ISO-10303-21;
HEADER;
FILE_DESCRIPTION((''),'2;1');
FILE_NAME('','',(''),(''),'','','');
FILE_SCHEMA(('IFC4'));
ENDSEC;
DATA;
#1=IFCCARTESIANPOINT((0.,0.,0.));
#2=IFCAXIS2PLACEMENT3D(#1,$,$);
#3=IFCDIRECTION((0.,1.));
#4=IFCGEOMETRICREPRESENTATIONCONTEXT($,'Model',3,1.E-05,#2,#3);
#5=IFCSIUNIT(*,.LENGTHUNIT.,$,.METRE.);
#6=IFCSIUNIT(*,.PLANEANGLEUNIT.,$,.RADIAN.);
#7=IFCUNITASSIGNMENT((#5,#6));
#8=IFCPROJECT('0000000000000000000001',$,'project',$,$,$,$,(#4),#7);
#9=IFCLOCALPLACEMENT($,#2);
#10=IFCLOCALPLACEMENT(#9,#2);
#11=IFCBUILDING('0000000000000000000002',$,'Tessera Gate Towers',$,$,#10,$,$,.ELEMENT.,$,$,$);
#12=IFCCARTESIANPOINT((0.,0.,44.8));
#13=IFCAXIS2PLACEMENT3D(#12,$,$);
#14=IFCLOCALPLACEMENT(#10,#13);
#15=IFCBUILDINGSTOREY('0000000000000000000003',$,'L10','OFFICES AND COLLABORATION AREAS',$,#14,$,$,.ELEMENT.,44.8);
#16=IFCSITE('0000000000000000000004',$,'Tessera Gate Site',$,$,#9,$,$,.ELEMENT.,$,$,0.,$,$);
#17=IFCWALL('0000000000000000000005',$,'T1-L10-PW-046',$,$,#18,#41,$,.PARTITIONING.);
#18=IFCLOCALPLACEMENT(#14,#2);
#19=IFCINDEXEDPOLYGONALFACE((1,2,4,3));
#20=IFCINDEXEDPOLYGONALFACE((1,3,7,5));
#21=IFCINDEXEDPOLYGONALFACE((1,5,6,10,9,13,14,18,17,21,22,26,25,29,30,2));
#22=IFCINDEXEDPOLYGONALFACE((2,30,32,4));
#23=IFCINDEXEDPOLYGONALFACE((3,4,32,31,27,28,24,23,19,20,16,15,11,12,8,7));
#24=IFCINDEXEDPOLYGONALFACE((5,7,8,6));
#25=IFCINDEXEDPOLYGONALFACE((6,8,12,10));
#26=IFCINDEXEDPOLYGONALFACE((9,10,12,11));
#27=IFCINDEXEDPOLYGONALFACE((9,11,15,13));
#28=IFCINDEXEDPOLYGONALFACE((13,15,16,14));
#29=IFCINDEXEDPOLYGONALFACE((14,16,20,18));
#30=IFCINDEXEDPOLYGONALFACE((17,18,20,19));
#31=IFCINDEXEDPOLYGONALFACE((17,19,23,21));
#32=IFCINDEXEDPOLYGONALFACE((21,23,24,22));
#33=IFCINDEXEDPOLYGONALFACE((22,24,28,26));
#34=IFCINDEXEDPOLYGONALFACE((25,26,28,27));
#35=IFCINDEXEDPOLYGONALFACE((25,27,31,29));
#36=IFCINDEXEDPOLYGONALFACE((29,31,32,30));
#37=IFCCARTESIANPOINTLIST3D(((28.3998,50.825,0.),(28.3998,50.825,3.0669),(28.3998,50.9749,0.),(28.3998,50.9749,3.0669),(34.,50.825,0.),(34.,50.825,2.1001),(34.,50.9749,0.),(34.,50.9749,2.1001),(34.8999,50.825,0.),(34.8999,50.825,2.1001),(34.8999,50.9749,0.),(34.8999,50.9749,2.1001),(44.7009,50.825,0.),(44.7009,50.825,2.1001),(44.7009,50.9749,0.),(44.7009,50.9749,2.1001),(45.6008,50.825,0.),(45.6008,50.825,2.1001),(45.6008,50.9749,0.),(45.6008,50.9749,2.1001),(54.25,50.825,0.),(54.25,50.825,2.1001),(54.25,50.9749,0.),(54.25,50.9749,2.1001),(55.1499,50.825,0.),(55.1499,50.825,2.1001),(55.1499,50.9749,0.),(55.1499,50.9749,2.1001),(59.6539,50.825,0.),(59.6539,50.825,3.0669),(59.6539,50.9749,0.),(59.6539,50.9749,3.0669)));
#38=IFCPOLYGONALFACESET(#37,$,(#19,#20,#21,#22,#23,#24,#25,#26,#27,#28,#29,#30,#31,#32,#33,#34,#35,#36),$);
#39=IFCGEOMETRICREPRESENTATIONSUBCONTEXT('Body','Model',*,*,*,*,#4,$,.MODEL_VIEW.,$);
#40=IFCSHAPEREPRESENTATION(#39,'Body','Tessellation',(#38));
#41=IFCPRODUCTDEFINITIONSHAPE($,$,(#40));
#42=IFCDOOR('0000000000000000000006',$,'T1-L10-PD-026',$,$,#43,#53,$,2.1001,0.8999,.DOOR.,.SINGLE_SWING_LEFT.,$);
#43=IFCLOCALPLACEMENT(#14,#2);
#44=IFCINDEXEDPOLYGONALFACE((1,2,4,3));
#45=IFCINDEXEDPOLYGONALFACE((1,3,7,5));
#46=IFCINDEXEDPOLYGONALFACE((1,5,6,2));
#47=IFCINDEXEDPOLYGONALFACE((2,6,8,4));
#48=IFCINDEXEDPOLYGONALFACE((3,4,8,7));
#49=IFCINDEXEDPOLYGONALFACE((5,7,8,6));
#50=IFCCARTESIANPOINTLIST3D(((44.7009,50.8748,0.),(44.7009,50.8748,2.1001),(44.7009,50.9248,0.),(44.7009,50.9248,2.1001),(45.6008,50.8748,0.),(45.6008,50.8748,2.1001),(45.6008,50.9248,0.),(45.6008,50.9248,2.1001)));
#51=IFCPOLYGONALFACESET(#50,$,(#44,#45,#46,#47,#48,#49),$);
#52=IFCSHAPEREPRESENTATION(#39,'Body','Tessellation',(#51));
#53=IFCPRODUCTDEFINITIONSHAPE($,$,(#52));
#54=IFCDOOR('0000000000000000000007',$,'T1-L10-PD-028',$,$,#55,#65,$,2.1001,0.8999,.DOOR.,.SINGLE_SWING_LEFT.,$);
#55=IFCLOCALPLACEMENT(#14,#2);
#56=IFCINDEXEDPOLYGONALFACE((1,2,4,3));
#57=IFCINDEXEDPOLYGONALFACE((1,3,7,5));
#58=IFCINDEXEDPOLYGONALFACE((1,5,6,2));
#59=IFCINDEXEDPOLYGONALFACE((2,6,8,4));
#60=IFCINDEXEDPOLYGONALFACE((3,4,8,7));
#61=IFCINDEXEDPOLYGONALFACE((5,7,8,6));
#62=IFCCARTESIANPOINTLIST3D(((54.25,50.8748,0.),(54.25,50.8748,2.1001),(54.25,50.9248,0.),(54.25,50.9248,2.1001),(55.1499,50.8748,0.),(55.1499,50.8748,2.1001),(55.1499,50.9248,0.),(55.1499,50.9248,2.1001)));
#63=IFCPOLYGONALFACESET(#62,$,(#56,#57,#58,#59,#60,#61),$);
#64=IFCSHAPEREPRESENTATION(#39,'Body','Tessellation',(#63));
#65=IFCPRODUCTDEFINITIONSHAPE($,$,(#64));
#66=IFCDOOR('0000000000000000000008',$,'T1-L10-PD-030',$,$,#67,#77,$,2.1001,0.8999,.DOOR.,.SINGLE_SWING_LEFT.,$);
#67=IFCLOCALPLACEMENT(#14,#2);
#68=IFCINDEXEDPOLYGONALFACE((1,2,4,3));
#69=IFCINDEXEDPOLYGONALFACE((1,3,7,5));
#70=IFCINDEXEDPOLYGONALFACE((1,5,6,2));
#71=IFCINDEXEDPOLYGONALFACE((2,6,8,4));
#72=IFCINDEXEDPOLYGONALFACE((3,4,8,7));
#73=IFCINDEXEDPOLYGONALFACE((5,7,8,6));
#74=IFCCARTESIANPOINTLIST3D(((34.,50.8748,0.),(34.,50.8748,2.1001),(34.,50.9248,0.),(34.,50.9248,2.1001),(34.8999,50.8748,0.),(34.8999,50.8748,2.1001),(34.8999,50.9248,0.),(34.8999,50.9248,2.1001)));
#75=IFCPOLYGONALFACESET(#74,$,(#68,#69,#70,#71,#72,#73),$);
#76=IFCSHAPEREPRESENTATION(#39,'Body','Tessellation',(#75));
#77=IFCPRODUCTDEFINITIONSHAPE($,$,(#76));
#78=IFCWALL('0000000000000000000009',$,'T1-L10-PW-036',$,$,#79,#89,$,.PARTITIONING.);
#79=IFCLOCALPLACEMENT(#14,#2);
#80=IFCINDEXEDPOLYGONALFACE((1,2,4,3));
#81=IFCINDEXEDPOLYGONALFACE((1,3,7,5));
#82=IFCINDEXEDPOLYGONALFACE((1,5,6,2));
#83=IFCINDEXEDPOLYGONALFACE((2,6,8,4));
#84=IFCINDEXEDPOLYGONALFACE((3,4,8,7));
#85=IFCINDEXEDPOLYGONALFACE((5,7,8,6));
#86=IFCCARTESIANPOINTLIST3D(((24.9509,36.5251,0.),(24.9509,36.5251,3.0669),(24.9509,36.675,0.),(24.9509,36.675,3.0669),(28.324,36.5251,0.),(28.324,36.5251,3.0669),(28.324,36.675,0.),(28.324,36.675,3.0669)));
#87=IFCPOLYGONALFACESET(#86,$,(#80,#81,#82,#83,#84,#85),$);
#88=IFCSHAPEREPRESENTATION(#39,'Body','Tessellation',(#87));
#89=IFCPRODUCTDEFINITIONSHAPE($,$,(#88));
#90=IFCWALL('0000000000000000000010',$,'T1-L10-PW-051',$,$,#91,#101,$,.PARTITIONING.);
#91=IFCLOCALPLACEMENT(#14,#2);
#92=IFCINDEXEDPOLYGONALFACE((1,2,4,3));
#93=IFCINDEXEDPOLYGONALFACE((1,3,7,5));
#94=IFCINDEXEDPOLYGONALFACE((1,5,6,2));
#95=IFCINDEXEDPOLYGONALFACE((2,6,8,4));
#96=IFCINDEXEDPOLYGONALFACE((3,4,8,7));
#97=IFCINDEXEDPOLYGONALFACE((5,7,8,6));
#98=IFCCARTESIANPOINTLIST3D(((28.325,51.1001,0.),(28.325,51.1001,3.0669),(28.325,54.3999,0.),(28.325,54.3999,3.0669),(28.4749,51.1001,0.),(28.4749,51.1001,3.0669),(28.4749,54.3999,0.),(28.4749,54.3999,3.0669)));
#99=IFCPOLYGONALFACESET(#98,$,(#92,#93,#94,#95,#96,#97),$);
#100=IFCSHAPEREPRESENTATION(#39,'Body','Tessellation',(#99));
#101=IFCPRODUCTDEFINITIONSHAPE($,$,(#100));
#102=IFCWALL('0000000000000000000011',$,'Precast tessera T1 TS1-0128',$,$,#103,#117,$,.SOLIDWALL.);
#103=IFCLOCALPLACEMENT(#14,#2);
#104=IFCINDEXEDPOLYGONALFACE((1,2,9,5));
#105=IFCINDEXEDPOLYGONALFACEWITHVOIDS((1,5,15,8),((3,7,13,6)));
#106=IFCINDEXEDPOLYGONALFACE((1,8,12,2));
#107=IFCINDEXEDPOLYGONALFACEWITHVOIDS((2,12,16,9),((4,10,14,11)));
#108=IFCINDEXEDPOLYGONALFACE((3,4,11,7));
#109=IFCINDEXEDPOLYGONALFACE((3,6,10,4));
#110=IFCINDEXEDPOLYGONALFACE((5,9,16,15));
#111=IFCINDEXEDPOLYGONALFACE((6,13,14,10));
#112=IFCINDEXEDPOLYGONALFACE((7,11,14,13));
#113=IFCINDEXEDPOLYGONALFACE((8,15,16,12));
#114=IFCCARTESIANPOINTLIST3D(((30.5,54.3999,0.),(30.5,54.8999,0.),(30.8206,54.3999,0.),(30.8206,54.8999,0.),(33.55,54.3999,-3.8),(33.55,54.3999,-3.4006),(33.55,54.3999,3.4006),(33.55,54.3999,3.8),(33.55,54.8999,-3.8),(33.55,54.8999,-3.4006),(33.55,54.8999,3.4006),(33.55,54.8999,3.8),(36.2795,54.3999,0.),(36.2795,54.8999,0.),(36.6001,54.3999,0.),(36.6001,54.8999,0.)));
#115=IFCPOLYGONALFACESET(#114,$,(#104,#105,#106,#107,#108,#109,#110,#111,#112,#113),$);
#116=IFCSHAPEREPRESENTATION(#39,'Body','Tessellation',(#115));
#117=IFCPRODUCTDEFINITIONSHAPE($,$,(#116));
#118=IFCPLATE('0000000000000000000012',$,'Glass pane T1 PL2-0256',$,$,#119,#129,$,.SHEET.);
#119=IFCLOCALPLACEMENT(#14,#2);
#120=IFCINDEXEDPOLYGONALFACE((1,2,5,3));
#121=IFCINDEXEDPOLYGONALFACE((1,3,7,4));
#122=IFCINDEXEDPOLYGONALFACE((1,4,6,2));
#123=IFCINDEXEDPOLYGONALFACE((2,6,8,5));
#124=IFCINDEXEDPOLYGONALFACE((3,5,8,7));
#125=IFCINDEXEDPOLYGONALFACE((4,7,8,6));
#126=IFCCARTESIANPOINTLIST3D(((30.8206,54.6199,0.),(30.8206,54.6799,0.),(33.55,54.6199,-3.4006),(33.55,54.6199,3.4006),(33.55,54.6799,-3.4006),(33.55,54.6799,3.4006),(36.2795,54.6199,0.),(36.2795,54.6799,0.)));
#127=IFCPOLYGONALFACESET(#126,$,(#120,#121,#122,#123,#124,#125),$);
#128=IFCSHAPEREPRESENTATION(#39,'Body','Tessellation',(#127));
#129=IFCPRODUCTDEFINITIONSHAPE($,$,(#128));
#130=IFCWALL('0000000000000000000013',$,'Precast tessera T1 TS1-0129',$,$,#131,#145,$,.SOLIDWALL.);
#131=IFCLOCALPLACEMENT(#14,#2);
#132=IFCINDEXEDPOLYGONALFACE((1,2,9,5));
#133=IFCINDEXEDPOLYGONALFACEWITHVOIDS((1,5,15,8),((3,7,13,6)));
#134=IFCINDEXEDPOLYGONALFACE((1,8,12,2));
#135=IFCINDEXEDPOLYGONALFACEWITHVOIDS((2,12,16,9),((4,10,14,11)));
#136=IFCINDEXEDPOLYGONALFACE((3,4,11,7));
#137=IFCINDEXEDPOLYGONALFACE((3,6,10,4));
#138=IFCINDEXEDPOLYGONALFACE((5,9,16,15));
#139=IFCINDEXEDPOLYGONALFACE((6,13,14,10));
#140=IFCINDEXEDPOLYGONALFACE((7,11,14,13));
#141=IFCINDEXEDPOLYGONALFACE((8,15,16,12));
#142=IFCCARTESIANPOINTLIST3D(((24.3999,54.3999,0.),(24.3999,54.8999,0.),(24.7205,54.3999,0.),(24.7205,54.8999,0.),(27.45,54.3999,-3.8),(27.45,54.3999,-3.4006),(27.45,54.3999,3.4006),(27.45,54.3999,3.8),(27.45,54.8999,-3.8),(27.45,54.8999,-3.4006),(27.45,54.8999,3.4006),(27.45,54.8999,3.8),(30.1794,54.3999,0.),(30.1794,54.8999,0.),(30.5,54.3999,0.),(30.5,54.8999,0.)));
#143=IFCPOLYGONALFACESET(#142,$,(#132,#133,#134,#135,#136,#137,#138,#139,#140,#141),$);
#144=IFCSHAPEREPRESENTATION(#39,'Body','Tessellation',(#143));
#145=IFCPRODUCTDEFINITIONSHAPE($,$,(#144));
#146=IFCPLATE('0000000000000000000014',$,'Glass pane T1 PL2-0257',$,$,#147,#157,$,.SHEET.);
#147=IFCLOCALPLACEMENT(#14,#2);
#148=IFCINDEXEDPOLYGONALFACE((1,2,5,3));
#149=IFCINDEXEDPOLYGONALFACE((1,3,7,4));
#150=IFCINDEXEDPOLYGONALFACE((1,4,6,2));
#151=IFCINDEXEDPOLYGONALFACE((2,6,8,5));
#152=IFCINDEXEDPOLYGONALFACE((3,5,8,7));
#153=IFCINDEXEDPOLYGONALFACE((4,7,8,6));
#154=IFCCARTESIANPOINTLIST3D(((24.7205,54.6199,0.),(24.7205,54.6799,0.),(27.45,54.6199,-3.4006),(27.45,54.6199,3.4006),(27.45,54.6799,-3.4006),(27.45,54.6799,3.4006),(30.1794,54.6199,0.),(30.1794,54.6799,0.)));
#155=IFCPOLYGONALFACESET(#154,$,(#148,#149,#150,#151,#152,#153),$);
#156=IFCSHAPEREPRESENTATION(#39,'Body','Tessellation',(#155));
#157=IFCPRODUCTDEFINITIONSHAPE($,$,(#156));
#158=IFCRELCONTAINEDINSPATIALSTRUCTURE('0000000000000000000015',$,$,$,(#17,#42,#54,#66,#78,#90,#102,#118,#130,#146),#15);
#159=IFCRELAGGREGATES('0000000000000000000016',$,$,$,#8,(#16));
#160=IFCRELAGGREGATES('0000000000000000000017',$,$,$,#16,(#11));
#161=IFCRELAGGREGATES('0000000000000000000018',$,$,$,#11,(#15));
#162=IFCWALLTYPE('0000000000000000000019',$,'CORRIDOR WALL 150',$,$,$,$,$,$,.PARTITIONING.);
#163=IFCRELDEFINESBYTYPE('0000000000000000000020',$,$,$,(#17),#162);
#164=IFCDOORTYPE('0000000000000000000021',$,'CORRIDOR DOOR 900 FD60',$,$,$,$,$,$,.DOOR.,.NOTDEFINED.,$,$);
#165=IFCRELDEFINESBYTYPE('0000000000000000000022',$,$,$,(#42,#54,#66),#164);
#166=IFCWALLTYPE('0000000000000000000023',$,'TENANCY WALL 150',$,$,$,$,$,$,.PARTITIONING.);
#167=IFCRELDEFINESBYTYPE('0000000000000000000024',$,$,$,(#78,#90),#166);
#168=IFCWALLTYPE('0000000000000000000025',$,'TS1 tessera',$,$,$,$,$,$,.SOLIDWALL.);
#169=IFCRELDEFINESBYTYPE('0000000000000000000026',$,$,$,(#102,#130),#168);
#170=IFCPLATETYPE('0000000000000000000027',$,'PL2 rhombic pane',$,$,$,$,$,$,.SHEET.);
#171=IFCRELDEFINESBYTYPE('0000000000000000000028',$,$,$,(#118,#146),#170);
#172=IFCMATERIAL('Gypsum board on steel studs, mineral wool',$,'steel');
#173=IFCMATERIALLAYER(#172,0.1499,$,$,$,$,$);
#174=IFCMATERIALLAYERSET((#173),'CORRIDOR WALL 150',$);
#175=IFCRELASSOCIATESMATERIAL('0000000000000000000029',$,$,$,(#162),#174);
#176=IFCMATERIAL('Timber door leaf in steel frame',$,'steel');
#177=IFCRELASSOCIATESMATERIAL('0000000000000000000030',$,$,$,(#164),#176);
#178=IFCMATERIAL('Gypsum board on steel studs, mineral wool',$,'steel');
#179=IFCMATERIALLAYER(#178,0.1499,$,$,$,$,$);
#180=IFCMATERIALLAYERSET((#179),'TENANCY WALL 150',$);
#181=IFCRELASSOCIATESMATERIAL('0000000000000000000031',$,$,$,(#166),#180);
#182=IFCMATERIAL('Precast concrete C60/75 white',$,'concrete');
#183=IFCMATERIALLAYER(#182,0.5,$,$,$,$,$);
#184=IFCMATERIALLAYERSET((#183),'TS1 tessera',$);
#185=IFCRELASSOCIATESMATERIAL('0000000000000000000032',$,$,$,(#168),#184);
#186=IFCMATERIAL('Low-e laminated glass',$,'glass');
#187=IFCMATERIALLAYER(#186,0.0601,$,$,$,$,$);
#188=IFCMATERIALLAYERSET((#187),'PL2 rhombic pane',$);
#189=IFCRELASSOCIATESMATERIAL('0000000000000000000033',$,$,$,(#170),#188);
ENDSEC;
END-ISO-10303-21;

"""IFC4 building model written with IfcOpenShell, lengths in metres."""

from ifc_helpers import new_model, si_unit, direction, frame, frame_2d, origin, place, context, subcontext, project, spatial, polyline, rectangle, outline, extrude, source, transform, mapped, material, layer, layer_set, type_object, element, fill, save


model = new_model("IFC4")

# Units and contexts
model_context = context("Model", 3, precision=1e-05, world=origin(), true_north=direction((0.0, 1.0)))
body_context = subcontext(model_context, "Body", "Model", "MODEL_VIEW")
ifc_project = project(units=[si_unit("LENGTHUNIT", "METRE"), si_unit("PLANEANGLEUNIT", "RADIAN")], contexts=[model_context])

# Site, building, storey
site_placement = place(None, origin())
site = spatial("IfcSite", under=ifc_project, at=site_placement, Name="Tessera Gate Site", CompositionType="ELEMENT", RefElevation=0.0)
building_placement = place(site_placement, origin())
building = spatial("IfcBuilding", under=site, at=building_placement, Name="Tessera Gate Towers", CompositionType="ELEMENT")
storey_placement = place(building_placement, frame((0.0, 0.0, 44.8)))
storey = spatial("IfcBuildingStorey", under=building, at=storey_placement, Name="L10", Description="OFFICES AND COLLABORATION AREAS", CompositionType="ELEMENT", Elevation=44.8)

# Shared definitions
shared_shape_1 = source(origin(), body_context, "Body", "SweptSolid", [
    extrude(rectangle(XDim=0.8999, YDim=2.1001, at=frame_2d((0.45, 1.05))), frame((0.0, 0.0249, 0.0), z_axis=(0.0, -1.0, 0.0), x_axis=(1.0, 0.0, 0.0)), (0.0, 0.0, 1.0), 0.05),
])

# Shared definitions
ifc_material_1 = material(Name="Gypsum board on steel studs, mineral wool", Category="steel")
ifc_layer_1 = layer(ifc_material_1, 0.1499)
ifc_layer_set_1 = layer_set([ifc_layer_1], Name="CORRIDOR WALL 150")
wall_type_1 = type_object("IfcWallType", Name="CORRIDOR WALL 150", PredefinedType="PARTITIONING", material=ifc_layer_set_1)
shared_shape_2 = source(origin(), body_context, "Body", "SweptSolid", [
    extrude(rectangle(XDim=0.8999, YDim=2.1001, at=frame_2d((0.45, 1.05))), frame((0.0, 0.085, 0.0), z_axis=(0.0, -1.0, 0.0), x_axis=(1.0, 0.0, 0.0)), (0.0, 0.0, 1.0), 0.1699),
])
ifc_material_2 = material(Name="Timber door leaf in steel frame", Category="steel")
door_type_1 = type_object("IfcDoorType", Name="CORRIDOR DOOR 900 FD60", OperationType="NOTDEFINED", PredefinedType="DOOR", material=ifc_material_2)

# Wall, openings, doors
wall_1_placement = place(storey_placement, frame((28.3999, 50.8999, 0.0), z_axis=(0.0, 0.0, 1.0), x_axis=(1.0, 0.0, 0.0)))
wall_1 = element("IfcWall", 1, at=wall_1_placement, inside=storey, type_object=wall_type_1, Name="T1-L10-PW-046", PredefinedType="PARTITIONING", context=body_context, shape_type="SweptSolid", body=[
    extrude(rectangle(XDim=31.2542, YDim=0.1499, at=frame_2d((15.627, 0.0))), origin(), (0.0, 0.0, 1.0), 3.0669),
])
opening_1_placement = place(wall_1_placement, frame((16.301, 0.0, 0.0)))
opening_1 = element("IfcOpeningElement", 2, at=opening_1_placement, cuts=wall_1, PredefinedType="OPENING", context=body_context, shape_type="MappedRepresentation", body=[
    mapped(shared_shape_2, transform((0.0, 0.0, 0.0), scale=1.0)),
])
opening_2_placement = place(wall_1_placement, frame((25.8501, 0.0, 0.0)))
opening_2 = element("IfcOpeningElement", 3, at=opening_2_placement, cuts=wall_1, PredefinedType="OPENING", context=body_context, shape_type="MappedRepresentation", body=[
    mapped(shared_shape_2, transform((0.0, 0.0, 0.0), scale=1.0)),
])
opening_3_placement = place(wall_1_placement, frame((5.6001, 0.0, 0.0)))
opening_3 = element("IfcOpeningElement", 4, at=opening_3_placement, cuts=wall_1, PredefinedType="OPENING", context=body_context, shape_type="MappedRepresentation", body=[
    mapped(shared_shape_2, transform((0.0, 0.0, 0.0), scale=1.0)),
])
door_1_placement = place(opening_1_placement, origin())
door_1 = element("IfcDoor", 5, at=door_1_placement, inside=storey, type_object=door_type_1, Name="T1-L10-PD-026", OperationType="SINGLE_SWING_LEFT", OverallHeight=2.1001, OverallWidth=0.8999, PredefinedType="DOOR", context=body_context, shape_type="MappedRepresentation", body=[
    mapped(shared_shape_1, transform((0.0, 0.0, 0.0), scale=1.0)),
])
fill(opening_1, door_1)
door_2_placement = place(opening_2_placement, origin())
door_2 = element("IfcDoor", 6, at=door_2_placement, inside=storey, type_object=door_type_1, Name="T1-L10-PD-028", OperationType="SINGLE_SWING_LEFT", OverallHeight=2.1001, OverallWidth=0.8999, PredefinedType="DOOR", context=body_context, shape_type="MappedRepresentation", body=[
    mapped(shared_shape_1, transform((0.0, 0.0, 0.0), scale=1.0)),
])
fill(opening_2, door_2)
door_3_placement = place(opening_3_placement, origin())
door_3 = element("IfcDoor", 7, at=door_3_placement, inside=storey, type_object=door_type_1, Name="T1-L10-PD-030", OperationType="SINGLE_SWING_LEFT", OverallHeight=2.1001, OverallWidth=0.8999, PredefinedType="DOOR", context=body_context, shape_type="MappedRepresentation", body=[
    mapped(shared_shape_1, transform((0.0, 0.0, 0.0), scale=1.0)),
])
fill(opening_3, door_3)

# Walls
ifc_material_3 = material(Name="Gypsum board on steel studs, mineral wool", Category="steel")
ifc_layer_2 = layer(ifc_material_3, 0.1499)
ifc_layer_set_2 = layer_set([ifc_layer_2], Name="TENANCY WALL 150")
wall_type_2 = type_object("IfcWallType", Name="TENANCY WALL 150", PredefinedType="PARTITIONING", material=ifc_layer_set_2)
wall_2_placement = place(storey_placement, frame((24.9509, 36.6001, 0.0), z_axis=(0.0, 0.0, 1.0), x_axis=(1.0, 0.0, 0.0)))
element("IfcWall", 8, at=wall_2_placement, inside=storey, type_object=wall_type_2, Name="T1-L10-PW-036", PredefinedType="PARTITIONING", context=body_context, shape_type="SweptSolid", body=[
    extrude(rectangle(XDim=3.373, YDim=0.1499, at=frame_2d((1.6865, 0.0))), origin(), (0.0, 0.0, 1.0), 3.0669),
])
wall_3_placement = place(storey_placement, frame((28.3999, 51.1001, 0.0), z_axis=(0.0, 0.0, 1.0), x_axis=(0.0, 1.0, 0.0)))
element("IfcWall", 9, at=wall_3_placement, inside=storey, type_object=wall_type_2, Name="T1-L10-PW-051", PredefinedType="PARTITIONING", context=body_context, shape_type="SweptSolid", body=[
    extrude(rectangle(XDim=3.2998, YDim=0.1499, at=frame_2d((1.6499, 0.0))), origin(), (0.0, 0.0, 1.0), 3.0669),
])

# Walls, openings, plates
ifc_material_4 = material(Name="Precast concrete C60/75 white", Category="concrete")
ifc_layer_3 = layer(ifc_material_4, 0.5)
ifc_layer_set_3 = layer_set([ifc_layer_3], Name="TS1 tessera")
wall_type_3 = type_object("IfcWallType", Name="TS1 tessera", PredefinedType="SOLIDWALL", material=ifc_layer_set_3)
shared_shape_3 = source(origin(), body_context, "Body", "SweptSolid", [
    extrude(outline(polyline([(3.05, 0.0), (6.1001, 3.8), (3.05, 7.6001), (0.0, 3.8), (3.05, 0.0)])), frame((0.0, 0.25, 0.0), z_axis=(0.0, -1.0, 0.0), x_axis=(1.0, 0.0, 0.0)), (0.0, 0.0, 1.0), 0.5),
])
wall_4_placement = place(storey_placement, frame((36.6001, 54.6499, -3.8), z_axis=(0.0, 0.0, 1.0), x_axis=(-1.0, 0.0, 0.0)))
wall_4 = element("IfcWall", 10, at=wall_4_placement, inside=storey, type_object=wall_type_3, Name="Precast tessera T1 TS1-0128", PredefinedType="SOLIDWALL", context=body_context, shape_type="MappedRepresentation", body=[
    mapped(shared_shape_3, transform((0.0, 0.0, 0.0), scale=1.0)),
])
shared_shape_4 = source(origin(), body_context, "Body", "SweptSolid", [
    extrude(outline(polyline([(3.05, 0.3994), (5.7795, 3.8), (3.05, 7.2007), (0.3206, 3.8), (3.05, 0.3994)])), frame((0.0, 0.26, 0.0), z_axis=(0.0, -1.0, 0.0), x_axis=(1.0, 0.0, 0.0)), (0.0, 0.0, 1.0), 0.52),
])
opening_4_placement = place(wall_4_placement, origin())
opening_4 = element("IfcOpeningElement", 11, at=opening_4_placement, cuts=wall_4, PredefinedType="OPENING", context=body_context, shape_type="MappedRepresentation", body=[
    mapped(shared_shape_4, transform((0.0, 0.0, 0.0), scale=1.0)),
])
ifc_material_5 = material(Name="Low-e laminated glass", Category="glass")
ifc_layer_4 = layer(ifc_material_5, 0.0601)
ifc_layer_set_4 = layer_set([ifc_layer_4], Name="PL2 rhombic pane")
plate_type = type_object("IfcPlateType", Name="PL2 rhombic pane", PredefinedType="SHEET", material=ifc_layer_set_4)
shared_shape_5 = source(origin(), body_context, "Body", "SweptSolid", [
    extrude(outline(polyline([(3.05, 0.3994), (5.7795, 3.8), (3.05, 7.2007), (0.3206, 3.8), (3.05, 0.3994)])), frame((0.0, 0.03, 0.0), z_axis=(0.0, -1.0, 0.0), x_axis=(1.0, 0.0, 0.0)), (0.0, 0.0, 1.0), 0.0601),
])
plate_1_placement = place(opening_4_placement, origin())
plate_1 = element("IfcPlate", 12, at=plate_1_placement, inside=storey, type_object=plate_type, Name="Glass pane T1 PL2-0256", PredefinedType="SHEET", context=body_context, shape_type="MappedRepresentation", body=[
    mapped(shared_shape_5, transform((0.0, 0.0, 0.0), scale=1.0)),
])
fill(opening_4, plate_1)
wall_5_placement = place(storey_placement, frame((30.5, 54.6499, -3.8), z_axis=(0.0, 0.0, 1.0), x_axis=(-1.0, 0.0, 0.0)))
wall_5 = element("IfcWall", 13, at=wall_5_placement, inside=storey, type_object=wall_type_3, Name="Precast tessera T1 TS1-0129", PredefinedType="SOLIDWALL", context=body_context, shape_type="MappedRepresentation", body=[
    mapped(shared_shape_3, transform((0.0, 0.0, 0.0), scale=1.0)),
])
opening_5_placement = place(wall_5_placement, origin())
opening_5 = element("IfcOpeningElement", 14, at=opening_5_placement, cuts=wall_5, PredefinedType="OPENING", context=body_context, shape_type="MappedRepresentation", body=[
    mapped(shared_shape_4, transform((0.0, 0.0, 0.0), scale=1.0)),
])
plate_2_placement = place(opening_5_placement, origin())
plate_2 = element("IfcPlate", 15, at=plate_2_placement, inside=storey, type_object=plate_type, Name="Glass pane T1 PL2-0257", PredefinedType="SHEET", context=body_context, shape_type="MappedRepresentation", body=[
    mapped(shared_shape_5, transform((0.0, 0.0, 0.0), scale=1.0)),
])
fill(opening_5, plate_2)

save(model, "model.ifc")
